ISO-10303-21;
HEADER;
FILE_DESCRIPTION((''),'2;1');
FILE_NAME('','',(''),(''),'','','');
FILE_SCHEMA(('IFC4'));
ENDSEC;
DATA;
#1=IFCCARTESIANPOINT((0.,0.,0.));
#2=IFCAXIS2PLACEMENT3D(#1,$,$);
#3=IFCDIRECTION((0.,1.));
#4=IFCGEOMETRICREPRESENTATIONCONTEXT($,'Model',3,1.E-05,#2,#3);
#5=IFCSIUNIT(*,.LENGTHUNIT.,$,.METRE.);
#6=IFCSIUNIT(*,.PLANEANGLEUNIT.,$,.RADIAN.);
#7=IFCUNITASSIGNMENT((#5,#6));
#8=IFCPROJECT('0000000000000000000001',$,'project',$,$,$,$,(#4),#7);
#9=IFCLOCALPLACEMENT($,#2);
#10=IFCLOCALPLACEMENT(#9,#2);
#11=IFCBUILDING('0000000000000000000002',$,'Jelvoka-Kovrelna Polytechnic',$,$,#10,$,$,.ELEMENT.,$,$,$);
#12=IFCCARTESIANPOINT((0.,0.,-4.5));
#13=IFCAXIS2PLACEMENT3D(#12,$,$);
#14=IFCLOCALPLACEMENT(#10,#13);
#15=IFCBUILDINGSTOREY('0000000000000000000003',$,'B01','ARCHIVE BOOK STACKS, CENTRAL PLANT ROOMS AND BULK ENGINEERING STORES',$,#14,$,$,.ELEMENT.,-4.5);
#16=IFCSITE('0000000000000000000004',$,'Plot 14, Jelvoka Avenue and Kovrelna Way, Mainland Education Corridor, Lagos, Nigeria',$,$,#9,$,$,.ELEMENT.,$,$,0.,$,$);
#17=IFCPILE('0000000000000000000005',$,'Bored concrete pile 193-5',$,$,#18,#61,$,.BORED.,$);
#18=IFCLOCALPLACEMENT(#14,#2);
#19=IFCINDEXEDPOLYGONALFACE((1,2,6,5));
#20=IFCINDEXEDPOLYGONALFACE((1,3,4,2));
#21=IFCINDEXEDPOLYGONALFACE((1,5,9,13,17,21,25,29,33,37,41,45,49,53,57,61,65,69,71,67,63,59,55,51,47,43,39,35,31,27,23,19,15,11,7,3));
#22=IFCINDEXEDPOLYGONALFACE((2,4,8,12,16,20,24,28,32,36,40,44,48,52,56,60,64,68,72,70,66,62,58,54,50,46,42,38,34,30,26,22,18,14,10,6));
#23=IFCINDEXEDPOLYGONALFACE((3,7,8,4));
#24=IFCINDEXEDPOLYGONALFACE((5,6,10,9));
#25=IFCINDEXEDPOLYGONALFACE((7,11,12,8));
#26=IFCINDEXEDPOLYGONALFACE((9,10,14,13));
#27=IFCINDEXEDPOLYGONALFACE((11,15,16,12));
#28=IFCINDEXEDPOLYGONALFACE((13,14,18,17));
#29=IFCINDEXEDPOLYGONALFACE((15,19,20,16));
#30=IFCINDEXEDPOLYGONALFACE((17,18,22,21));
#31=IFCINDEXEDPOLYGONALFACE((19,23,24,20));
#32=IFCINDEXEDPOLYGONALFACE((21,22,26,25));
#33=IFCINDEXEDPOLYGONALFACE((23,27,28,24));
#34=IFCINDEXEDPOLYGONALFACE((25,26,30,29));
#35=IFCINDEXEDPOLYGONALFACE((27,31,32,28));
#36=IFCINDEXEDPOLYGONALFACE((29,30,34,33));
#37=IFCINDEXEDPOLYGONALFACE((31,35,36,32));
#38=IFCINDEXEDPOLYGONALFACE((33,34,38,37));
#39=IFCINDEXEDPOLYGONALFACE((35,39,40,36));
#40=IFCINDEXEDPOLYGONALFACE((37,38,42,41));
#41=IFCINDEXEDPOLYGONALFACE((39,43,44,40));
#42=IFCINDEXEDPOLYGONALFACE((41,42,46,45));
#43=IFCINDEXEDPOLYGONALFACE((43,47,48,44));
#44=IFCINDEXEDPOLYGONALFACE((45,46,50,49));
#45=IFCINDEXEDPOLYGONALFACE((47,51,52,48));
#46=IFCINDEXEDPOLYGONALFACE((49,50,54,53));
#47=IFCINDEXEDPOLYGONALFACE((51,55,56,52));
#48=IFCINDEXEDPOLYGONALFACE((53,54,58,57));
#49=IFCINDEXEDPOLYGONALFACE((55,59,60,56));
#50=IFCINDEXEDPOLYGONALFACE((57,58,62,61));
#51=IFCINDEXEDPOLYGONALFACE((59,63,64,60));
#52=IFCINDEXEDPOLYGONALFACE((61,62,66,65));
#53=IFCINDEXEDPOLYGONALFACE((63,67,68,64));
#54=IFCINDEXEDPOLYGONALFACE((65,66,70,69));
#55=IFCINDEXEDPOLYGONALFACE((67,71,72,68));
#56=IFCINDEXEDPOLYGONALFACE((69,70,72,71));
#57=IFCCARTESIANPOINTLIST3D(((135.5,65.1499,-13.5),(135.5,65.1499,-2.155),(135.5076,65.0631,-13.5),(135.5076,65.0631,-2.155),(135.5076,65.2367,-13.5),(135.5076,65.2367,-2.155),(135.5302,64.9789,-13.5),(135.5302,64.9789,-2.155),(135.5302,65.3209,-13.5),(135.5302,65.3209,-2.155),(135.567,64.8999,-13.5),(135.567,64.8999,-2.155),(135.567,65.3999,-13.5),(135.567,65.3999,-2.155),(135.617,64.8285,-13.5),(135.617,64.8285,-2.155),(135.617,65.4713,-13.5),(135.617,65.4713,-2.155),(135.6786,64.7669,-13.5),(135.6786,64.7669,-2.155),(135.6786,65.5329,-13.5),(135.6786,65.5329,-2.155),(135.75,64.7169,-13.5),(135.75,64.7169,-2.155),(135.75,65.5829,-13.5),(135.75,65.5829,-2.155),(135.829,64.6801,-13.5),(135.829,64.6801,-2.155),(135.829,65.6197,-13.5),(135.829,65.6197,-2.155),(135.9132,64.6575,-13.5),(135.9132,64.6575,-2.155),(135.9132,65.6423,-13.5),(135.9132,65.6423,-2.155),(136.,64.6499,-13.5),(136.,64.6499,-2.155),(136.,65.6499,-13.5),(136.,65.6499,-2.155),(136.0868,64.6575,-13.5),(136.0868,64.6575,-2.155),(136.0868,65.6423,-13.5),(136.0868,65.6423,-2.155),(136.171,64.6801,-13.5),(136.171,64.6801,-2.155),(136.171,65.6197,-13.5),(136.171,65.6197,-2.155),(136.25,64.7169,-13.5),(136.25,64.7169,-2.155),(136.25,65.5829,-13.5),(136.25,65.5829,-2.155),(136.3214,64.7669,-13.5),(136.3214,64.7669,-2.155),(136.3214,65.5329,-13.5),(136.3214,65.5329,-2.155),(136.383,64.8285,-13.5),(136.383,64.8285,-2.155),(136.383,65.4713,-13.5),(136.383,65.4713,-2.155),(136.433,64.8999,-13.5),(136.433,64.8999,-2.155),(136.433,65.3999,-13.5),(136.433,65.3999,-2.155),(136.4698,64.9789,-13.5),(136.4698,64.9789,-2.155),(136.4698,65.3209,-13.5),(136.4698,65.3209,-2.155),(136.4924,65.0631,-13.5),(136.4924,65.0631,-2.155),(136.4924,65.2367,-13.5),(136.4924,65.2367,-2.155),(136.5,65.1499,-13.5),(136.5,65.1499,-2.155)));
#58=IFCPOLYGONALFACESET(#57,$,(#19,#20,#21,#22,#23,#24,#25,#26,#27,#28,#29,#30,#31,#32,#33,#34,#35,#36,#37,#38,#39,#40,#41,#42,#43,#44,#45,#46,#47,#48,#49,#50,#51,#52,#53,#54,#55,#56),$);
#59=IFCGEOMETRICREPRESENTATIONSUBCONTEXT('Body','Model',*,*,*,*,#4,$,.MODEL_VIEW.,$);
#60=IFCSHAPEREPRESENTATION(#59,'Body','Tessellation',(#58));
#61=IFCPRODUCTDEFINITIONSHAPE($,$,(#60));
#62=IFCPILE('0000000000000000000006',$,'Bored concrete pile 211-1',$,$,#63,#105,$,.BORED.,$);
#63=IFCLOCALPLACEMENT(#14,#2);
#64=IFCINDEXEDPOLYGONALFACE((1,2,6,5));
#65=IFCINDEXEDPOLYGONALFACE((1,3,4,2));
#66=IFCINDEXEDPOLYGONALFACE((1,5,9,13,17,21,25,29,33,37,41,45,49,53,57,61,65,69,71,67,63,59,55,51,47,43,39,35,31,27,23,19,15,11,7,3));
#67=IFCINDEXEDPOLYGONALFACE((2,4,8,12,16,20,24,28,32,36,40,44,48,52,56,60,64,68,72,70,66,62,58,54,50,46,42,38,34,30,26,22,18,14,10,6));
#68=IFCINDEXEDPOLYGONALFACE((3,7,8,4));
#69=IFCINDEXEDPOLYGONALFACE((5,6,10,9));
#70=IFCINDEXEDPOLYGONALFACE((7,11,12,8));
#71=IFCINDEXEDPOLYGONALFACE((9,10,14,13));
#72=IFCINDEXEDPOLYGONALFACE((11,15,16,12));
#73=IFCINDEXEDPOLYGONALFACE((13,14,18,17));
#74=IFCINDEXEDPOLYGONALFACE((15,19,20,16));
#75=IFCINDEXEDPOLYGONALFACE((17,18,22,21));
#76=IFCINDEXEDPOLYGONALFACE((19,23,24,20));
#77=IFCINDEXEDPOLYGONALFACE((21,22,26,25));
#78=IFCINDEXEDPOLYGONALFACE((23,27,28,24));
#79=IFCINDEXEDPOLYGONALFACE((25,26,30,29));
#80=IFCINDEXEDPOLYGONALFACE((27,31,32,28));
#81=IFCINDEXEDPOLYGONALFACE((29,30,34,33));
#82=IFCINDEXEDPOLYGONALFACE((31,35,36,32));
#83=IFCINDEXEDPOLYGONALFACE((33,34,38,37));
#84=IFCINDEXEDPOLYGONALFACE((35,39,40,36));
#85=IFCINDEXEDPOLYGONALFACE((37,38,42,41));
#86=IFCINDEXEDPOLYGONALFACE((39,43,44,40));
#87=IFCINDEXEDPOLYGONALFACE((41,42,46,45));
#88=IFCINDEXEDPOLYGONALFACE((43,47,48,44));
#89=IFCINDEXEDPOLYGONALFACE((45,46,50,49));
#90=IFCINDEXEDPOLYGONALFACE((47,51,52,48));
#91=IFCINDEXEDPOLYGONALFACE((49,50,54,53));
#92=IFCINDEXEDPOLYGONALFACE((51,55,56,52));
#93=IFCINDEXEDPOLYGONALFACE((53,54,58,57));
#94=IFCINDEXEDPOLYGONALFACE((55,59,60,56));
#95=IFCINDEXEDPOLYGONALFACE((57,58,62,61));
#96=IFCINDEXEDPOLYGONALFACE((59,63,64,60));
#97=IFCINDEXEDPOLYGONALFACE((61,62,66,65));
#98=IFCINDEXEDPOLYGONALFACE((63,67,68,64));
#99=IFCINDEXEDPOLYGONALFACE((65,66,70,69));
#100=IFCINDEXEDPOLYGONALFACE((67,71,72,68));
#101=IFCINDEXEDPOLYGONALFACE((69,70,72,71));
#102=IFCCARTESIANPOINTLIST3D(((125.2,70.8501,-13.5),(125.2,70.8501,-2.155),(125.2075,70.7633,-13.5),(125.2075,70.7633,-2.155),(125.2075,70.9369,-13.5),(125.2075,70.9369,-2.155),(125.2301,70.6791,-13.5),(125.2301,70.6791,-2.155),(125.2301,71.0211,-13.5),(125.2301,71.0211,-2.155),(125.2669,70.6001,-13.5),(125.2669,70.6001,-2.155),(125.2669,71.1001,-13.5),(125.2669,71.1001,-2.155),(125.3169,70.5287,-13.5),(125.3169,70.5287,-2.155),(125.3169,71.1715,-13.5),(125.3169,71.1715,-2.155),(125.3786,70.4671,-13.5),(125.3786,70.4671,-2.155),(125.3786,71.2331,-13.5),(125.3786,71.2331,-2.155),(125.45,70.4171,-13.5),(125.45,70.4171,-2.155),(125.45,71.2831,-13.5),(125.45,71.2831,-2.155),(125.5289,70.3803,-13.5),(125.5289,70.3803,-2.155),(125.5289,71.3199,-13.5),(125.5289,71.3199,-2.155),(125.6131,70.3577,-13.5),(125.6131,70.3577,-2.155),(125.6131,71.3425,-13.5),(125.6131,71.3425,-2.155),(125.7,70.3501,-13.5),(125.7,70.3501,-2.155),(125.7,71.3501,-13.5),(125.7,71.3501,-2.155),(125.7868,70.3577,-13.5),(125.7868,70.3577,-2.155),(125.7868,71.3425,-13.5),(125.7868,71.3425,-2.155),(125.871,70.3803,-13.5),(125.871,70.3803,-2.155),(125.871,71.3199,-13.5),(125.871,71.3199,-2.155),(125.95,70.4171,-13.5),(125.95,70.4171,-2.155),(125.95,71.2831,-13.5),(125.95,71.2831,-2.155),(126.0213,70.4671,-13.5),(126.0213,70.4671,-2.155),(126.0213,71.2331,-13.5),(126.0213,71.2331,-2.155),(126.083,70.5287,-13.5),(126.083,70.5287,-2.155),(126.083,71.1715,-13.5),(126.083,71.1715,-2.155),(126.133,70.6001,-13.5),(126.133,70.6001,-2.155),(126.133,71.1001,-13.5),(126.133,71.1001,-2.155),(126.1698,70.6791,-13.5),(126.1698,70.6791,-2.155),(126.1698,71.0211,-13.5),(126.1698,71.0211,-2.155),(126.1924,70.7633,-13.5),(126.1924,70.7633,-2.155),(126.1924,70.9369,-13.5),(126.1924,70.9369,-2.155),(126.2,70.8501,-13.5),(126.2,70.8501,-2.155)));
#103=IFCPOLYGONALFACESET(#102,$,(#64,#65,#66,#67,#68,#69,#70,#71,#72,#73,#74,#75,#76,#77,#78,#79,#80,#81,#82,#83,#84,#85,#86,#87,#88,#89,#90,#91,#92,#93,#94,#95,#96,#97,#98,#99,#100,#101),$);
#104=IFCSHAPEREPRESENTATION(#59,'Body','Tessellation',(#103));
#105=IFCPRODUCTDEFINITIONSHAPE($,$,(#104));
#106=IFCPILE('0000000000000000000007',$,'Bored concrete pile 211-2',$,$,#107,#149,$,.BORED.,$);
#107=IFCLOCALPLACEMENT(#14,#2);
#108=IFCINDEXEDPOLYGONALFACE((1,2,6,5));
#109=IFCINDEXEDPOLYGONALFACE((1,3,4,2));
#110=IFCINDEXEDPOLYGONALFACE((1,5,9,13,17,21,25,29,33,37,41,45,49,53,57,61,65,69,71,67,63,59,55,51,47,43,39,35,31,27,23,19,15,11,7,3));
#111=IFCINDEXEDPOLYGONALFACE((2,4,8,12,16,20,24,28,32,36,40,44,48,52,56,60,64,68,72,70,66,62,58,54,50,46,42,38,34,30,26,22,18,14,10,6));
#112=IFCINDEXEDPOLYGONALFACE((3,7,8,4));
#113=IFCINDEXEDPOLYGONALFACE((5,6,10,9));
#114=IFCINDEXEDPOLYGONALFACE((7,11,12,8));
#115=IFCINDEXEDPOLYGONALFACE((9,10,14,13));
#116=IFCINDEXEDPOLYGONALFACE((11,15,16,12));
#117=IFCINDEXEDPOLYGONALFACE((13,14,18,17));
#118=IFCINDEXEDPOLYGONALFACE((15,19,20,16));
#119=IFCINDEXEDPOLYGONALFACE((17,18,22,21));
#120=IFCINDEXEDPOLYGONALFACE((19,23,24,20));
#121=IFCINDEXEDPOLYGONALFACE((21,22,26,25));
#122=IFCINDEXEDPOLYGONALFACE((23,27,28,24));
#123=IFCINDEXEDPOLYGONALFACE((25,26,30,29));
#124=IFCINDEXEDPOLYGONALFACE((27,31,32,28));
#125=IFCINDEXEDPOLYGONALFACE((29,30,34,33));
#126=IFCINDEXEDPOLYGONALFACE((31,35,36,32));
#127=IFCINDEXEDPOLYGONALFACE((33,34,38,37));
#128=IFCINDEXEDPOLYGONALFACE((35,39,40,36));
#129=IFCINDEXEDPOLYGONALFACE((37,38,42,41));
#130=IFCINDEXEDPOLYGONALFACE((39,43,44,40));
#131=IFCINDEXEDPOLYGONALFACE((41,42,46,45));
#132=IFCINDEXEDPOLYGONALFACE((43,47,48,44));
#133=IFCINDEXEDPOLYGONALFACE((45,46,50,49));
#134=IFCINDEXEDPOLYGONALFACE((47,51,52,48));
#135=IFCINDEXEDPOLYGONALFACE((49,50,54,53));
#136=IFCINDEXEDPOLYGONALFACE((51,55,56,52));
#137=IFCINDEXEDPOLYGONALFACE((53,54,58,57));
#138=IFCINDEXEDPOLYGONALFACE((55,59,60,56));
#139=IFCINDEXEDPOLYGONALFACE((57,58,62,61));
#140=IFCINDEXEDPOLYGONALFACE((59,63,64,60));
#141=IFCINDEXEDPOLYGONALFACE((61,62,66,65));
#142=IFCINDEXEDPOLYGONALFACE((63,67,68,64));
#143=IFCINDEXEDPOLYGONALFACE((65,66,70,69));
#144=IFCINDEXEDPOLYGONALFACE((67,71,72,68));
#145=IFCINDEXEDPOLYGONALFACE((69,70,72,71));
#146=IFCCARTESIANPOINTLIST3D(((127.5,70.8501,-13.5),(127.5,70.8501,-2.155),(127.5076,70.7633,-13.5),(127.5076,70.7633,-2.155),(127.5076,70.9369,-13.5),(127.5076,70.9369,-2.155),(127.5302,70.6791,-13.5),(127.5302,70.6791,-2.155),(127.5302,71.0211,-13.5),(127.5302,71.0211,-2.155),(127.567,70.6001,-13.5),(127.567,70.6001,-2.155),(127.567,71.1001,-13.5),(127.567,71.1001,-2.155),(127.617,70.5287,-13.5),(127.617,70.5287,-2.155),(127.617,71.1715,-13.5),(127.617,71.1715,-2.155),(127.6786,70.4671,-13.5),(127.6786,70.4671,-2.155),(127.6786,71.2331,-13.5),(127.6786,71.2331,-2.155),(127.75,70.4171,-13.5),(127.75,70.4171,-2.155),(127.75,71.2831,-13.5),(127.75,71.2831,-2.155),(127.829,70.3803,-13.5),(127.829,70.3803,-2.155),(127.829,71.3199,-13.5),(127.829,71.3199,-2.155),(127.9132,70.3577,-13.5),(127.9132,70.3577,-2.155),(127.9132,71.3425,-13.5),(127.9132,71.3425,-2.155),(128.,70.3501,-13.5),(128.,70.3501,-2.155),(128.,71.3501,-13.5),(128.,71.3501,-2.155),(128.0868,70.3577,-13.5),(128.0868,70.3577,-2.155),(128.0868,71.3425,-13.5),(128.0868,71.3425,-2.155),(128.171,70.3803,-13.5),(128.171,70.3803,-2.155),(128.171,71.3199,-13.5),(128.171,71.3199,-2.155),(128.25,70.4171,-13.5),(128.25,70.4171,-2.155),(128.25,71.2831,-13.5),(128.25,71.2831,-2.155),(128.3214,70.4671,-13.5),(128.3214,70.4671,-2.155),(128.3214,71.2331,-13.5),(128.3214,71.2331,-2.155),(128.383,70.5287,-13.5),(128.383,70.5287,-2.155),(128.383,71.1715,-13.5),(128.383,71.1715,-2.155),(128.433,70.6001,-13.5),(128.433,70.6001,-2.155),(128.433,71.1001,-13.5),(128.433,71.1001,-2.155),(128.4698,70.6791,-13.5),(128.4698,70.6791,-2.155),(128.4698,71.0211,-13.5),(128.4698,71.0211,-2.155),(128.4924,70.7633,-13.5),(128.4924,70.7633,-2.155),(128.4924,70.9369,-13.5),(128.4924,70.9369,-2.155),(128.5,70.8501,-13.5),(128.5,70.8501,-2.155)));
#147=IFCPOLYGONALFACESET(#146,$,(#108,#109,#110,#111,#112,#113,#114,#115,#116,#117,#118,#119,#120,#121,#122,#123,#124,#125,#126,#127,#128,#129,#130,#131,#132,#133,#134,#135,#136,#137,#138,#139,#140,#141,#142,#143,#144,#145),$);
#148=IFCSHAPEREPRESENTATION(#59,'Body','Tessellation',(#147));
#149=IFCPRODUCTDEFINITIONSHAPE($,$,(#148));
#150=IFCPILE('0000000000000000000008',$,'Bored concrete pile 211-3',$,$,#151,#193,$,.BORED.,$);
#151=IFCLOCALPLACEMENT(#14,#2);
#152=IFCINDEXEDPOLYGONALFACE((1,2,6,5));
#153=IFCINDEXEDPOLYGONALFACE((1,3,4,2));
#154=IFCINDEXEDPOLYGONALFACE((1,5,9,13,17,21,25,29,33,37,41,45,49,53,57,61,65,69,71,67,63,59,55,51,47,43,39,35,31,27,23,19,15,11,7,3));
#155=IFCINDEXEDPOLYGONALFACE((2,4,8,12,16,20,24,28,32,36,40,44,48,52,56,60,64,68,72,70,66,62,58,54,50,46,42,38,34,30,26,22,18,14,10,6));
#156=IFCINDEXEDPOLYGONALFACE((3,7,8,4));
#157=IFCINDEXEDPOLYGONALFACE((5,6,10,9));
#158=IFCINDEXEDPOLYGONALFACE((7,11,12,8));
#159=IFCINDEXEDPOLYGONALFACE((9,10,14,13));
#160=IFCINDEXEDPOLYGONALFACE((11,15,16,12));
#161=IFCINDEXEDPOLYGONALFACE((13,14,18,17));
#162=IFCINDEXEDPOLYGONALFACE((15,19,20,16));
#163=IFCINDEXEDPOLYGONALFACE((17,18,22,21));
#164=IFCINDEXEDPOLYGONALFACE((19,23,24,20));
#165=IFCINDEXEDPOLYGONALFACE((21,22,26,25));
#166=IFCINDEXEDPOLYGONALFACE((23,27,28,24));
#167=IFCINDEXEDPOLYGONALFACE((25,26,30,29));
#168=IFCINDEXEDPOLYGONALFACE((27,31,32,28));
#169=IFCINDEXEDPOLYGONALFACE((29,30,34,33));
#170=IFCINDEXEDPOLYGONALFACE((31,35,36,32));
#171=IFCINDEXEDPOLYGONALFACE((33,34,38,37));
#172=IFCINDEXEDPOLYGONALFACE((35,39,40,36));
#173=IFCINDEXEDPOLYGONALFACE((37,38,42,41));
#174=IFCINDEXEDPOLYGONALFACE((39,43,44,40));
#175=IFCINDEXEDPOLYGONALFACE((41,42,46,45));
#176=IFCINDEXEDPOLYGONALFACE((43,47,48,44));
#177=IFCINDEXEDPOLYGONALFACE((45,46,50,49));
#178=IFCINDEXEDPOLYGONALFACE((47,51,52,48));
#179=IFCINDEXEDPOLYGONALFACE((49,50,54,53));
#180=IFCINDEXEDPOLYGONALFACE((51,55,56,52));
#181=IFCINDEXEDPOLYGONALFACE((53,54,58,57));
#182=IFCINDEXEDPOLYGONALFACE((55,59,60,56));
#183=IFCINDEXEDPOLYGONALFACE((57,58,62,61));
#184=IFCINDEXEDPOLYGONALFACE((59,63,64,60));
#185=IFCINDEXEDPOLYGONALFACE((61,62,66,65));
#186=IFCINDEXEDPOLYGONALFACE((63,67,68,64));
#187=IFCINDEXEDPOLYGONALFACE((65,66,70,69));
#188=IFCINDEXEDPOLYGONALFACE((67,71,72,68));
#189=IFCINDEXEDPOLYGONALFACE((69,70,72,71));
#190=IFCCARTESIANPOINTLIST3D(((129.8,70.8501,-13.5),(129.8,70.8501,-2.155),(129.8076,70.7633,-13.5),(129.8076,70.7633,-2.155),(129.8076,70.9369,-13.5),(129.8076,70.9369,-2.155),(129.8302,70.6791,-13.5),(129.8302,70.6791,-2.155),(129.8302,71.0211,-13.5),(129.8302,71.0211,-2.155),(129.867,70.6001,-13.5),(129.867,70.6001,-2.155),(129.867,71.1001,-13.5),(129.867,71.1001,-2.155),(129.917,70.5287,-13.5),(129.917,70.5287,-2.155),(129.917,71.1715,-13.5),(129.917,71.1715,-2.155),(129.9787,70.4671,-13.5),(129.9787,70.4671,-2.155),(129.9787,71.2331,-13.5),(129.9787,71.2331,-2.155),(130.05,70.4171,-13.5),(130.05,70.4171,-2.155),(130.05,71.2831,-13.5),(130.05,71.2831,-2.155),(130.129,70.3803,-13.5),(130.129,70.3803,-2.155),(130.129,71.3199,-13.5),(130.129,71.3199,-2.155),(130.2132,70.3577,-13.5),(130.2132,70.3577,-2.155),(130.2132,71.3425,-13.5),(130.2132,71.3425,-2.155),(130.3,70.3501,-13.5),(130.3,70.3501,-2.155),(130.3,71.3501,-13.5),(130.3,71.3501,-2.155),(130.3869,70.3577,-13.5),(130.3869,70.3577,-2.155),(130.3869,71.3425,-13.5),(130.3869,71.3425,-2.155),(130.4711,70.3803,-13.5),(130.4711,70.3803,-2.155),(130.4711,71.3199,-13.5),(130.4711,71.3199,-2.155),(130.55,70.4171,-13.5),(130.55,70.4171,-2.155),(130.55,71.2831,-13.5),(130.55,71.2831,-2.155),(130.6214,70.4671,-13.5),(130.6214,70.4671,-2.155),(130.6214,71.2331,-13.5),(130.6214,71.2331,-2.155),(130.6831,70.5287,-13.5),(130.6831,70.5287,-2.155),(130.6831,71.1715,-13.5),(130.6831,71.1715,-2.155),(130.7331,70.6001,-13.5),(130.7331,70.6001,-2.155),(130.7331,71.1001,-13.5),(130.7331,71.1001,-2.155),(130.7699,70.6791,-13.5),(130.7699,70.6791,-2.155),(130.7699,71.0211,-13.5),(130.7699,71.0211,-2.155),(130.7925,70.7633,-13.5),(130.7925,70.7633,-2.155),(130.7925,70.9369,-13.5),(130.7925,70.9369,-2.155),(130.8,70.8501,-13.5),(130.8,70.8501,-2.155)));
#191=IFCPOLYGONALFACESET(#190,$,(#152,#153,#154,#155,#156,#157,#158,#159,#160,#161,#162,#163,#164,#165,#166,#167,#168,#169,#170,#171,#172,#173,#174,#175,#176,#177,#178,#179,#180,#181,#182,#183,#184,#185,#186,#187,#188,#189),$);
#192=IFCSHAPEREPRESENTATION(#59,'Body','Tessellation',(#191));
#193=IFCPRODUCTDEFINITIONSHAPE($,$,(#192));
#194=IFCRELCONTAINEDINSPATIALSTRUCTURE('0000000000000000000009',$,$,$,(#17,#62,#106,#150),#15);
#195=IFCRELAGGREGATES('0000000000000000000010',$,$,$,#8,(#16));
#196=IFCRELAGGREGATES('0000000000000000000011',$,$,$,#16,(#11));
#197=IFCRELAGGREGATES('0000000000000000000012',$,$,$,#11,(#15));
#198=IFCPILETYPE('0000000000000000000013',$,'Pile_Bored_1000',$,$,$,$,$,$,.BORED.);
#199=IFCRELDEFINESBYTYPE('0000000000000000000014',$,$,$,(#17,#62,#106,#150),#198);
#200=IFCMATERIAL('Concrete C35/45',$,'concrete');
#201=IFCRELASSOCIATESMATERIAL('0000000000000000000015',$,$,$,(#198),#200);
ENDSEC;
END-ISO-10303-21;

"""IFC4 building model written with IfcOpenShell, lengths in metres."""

from ifc_helpers import new_model, si_unit, direction, frame, origin, origin_2d, place, context, subcontext, project, spatial, circle, extrude, material, material_profile, profile_set, type_object, element, save


model = new_model("IFC4")

# Units and contexts
model_context = context("Model", 3, precision=1e-05, world=origin(), true_north=direction((0.0, 1.0)))
body_context = subcontext(model_context, "Body", "Model", "MODEL_VIEW")
ifc_project = project(units=[si_unit("LENGTHUNIT", "METRE"), si_unit("PLANEANGLEUNIT", "RADIAN")], contexts=[model_context])

# Site, building, storey
site_placement = place(None, origin())
site = spatial("IfcSite", under=ifc_project, at=site_placement, Name="Plot 14, Jelvoka Avenue and Kovrelna Way, Mainland Education Corridor, Lagos, Nigeria", CompositionType="ELEMENT", RefElevation=0.0)
building_placement = place(site_placement, origin())
building = spatial("IfcBuilding", under=site, at=building_placement, Name="Jelvoka-Kovrelna Polytechnic", CompositionType="ELEMENT")
storey_placement = place(building_placement, frame((0.0, 0.0, -4.5)))
storey = spatial("IfcBuildingStorey", under=building, at=storey_placement, Name="B01", Description="ARCHIVE BOOK STACKS, CENTRAL PLANT ROOMS AND BULK ENGINEERING STORES", CompositionType="ELEMENT", Elevation=-4.5)

# Piles
ifc_material_1 = material(Name="Concrete C35/45", Category="concrete")
ifc_material_profile_1 = material_profile(ifc_material_1, circle(Radius=0.5, at=origin_2d()), Name="PILE D1000")
ifc_profile_set_1 = profile_set([ifc_material_profile_1], Name="Concrete C35/45")
pile_type = type_object("IfcPileType", Name="Pile_Bored_1000", PredefinedType="BORED", material=ifc_profile_set_1)
for number, where, z_axis, x_axis, name in (
    (1, (136.0, 65.1499, -2.155), (0.0, 0.0, -1.0), (1.0, 0.0, 0.0), "Bored concrete pile 193-5"),
    (2, (125.7, 70.8501, -2.155), (0.0, 0.0, -1.0), (1.0, 0.0, 0.0), "Bored concrete pile 211-1"),
    (3, (128.0, 70.8501, -2.155), (0.0, 0.0, -1.0), (1.0, 0.0, 0.0), "Bored concrete pile 211-2"),
    (4, (130.3, 70.8501, -2.155), (0.0, 0.0, -1.0), (1.0, 0.0, 0.0), "Bored concrete pile 211-3"),
):
    element("IfcPile", number, at=place(storey_placement, frame(where, z_axis=z_axis, x_axis=x_axis)), inside=storey, type_object=pile_type, Name=name, PredefinedType="BORED", context=body_context, shape_type="SweptSolid", body=[
        extrude(circle(Radius=0.5, at=origin_2d()), origin(), (0.0, 0.0, 1.0), 11.345),
    ])

save(model, "model.ifc")
